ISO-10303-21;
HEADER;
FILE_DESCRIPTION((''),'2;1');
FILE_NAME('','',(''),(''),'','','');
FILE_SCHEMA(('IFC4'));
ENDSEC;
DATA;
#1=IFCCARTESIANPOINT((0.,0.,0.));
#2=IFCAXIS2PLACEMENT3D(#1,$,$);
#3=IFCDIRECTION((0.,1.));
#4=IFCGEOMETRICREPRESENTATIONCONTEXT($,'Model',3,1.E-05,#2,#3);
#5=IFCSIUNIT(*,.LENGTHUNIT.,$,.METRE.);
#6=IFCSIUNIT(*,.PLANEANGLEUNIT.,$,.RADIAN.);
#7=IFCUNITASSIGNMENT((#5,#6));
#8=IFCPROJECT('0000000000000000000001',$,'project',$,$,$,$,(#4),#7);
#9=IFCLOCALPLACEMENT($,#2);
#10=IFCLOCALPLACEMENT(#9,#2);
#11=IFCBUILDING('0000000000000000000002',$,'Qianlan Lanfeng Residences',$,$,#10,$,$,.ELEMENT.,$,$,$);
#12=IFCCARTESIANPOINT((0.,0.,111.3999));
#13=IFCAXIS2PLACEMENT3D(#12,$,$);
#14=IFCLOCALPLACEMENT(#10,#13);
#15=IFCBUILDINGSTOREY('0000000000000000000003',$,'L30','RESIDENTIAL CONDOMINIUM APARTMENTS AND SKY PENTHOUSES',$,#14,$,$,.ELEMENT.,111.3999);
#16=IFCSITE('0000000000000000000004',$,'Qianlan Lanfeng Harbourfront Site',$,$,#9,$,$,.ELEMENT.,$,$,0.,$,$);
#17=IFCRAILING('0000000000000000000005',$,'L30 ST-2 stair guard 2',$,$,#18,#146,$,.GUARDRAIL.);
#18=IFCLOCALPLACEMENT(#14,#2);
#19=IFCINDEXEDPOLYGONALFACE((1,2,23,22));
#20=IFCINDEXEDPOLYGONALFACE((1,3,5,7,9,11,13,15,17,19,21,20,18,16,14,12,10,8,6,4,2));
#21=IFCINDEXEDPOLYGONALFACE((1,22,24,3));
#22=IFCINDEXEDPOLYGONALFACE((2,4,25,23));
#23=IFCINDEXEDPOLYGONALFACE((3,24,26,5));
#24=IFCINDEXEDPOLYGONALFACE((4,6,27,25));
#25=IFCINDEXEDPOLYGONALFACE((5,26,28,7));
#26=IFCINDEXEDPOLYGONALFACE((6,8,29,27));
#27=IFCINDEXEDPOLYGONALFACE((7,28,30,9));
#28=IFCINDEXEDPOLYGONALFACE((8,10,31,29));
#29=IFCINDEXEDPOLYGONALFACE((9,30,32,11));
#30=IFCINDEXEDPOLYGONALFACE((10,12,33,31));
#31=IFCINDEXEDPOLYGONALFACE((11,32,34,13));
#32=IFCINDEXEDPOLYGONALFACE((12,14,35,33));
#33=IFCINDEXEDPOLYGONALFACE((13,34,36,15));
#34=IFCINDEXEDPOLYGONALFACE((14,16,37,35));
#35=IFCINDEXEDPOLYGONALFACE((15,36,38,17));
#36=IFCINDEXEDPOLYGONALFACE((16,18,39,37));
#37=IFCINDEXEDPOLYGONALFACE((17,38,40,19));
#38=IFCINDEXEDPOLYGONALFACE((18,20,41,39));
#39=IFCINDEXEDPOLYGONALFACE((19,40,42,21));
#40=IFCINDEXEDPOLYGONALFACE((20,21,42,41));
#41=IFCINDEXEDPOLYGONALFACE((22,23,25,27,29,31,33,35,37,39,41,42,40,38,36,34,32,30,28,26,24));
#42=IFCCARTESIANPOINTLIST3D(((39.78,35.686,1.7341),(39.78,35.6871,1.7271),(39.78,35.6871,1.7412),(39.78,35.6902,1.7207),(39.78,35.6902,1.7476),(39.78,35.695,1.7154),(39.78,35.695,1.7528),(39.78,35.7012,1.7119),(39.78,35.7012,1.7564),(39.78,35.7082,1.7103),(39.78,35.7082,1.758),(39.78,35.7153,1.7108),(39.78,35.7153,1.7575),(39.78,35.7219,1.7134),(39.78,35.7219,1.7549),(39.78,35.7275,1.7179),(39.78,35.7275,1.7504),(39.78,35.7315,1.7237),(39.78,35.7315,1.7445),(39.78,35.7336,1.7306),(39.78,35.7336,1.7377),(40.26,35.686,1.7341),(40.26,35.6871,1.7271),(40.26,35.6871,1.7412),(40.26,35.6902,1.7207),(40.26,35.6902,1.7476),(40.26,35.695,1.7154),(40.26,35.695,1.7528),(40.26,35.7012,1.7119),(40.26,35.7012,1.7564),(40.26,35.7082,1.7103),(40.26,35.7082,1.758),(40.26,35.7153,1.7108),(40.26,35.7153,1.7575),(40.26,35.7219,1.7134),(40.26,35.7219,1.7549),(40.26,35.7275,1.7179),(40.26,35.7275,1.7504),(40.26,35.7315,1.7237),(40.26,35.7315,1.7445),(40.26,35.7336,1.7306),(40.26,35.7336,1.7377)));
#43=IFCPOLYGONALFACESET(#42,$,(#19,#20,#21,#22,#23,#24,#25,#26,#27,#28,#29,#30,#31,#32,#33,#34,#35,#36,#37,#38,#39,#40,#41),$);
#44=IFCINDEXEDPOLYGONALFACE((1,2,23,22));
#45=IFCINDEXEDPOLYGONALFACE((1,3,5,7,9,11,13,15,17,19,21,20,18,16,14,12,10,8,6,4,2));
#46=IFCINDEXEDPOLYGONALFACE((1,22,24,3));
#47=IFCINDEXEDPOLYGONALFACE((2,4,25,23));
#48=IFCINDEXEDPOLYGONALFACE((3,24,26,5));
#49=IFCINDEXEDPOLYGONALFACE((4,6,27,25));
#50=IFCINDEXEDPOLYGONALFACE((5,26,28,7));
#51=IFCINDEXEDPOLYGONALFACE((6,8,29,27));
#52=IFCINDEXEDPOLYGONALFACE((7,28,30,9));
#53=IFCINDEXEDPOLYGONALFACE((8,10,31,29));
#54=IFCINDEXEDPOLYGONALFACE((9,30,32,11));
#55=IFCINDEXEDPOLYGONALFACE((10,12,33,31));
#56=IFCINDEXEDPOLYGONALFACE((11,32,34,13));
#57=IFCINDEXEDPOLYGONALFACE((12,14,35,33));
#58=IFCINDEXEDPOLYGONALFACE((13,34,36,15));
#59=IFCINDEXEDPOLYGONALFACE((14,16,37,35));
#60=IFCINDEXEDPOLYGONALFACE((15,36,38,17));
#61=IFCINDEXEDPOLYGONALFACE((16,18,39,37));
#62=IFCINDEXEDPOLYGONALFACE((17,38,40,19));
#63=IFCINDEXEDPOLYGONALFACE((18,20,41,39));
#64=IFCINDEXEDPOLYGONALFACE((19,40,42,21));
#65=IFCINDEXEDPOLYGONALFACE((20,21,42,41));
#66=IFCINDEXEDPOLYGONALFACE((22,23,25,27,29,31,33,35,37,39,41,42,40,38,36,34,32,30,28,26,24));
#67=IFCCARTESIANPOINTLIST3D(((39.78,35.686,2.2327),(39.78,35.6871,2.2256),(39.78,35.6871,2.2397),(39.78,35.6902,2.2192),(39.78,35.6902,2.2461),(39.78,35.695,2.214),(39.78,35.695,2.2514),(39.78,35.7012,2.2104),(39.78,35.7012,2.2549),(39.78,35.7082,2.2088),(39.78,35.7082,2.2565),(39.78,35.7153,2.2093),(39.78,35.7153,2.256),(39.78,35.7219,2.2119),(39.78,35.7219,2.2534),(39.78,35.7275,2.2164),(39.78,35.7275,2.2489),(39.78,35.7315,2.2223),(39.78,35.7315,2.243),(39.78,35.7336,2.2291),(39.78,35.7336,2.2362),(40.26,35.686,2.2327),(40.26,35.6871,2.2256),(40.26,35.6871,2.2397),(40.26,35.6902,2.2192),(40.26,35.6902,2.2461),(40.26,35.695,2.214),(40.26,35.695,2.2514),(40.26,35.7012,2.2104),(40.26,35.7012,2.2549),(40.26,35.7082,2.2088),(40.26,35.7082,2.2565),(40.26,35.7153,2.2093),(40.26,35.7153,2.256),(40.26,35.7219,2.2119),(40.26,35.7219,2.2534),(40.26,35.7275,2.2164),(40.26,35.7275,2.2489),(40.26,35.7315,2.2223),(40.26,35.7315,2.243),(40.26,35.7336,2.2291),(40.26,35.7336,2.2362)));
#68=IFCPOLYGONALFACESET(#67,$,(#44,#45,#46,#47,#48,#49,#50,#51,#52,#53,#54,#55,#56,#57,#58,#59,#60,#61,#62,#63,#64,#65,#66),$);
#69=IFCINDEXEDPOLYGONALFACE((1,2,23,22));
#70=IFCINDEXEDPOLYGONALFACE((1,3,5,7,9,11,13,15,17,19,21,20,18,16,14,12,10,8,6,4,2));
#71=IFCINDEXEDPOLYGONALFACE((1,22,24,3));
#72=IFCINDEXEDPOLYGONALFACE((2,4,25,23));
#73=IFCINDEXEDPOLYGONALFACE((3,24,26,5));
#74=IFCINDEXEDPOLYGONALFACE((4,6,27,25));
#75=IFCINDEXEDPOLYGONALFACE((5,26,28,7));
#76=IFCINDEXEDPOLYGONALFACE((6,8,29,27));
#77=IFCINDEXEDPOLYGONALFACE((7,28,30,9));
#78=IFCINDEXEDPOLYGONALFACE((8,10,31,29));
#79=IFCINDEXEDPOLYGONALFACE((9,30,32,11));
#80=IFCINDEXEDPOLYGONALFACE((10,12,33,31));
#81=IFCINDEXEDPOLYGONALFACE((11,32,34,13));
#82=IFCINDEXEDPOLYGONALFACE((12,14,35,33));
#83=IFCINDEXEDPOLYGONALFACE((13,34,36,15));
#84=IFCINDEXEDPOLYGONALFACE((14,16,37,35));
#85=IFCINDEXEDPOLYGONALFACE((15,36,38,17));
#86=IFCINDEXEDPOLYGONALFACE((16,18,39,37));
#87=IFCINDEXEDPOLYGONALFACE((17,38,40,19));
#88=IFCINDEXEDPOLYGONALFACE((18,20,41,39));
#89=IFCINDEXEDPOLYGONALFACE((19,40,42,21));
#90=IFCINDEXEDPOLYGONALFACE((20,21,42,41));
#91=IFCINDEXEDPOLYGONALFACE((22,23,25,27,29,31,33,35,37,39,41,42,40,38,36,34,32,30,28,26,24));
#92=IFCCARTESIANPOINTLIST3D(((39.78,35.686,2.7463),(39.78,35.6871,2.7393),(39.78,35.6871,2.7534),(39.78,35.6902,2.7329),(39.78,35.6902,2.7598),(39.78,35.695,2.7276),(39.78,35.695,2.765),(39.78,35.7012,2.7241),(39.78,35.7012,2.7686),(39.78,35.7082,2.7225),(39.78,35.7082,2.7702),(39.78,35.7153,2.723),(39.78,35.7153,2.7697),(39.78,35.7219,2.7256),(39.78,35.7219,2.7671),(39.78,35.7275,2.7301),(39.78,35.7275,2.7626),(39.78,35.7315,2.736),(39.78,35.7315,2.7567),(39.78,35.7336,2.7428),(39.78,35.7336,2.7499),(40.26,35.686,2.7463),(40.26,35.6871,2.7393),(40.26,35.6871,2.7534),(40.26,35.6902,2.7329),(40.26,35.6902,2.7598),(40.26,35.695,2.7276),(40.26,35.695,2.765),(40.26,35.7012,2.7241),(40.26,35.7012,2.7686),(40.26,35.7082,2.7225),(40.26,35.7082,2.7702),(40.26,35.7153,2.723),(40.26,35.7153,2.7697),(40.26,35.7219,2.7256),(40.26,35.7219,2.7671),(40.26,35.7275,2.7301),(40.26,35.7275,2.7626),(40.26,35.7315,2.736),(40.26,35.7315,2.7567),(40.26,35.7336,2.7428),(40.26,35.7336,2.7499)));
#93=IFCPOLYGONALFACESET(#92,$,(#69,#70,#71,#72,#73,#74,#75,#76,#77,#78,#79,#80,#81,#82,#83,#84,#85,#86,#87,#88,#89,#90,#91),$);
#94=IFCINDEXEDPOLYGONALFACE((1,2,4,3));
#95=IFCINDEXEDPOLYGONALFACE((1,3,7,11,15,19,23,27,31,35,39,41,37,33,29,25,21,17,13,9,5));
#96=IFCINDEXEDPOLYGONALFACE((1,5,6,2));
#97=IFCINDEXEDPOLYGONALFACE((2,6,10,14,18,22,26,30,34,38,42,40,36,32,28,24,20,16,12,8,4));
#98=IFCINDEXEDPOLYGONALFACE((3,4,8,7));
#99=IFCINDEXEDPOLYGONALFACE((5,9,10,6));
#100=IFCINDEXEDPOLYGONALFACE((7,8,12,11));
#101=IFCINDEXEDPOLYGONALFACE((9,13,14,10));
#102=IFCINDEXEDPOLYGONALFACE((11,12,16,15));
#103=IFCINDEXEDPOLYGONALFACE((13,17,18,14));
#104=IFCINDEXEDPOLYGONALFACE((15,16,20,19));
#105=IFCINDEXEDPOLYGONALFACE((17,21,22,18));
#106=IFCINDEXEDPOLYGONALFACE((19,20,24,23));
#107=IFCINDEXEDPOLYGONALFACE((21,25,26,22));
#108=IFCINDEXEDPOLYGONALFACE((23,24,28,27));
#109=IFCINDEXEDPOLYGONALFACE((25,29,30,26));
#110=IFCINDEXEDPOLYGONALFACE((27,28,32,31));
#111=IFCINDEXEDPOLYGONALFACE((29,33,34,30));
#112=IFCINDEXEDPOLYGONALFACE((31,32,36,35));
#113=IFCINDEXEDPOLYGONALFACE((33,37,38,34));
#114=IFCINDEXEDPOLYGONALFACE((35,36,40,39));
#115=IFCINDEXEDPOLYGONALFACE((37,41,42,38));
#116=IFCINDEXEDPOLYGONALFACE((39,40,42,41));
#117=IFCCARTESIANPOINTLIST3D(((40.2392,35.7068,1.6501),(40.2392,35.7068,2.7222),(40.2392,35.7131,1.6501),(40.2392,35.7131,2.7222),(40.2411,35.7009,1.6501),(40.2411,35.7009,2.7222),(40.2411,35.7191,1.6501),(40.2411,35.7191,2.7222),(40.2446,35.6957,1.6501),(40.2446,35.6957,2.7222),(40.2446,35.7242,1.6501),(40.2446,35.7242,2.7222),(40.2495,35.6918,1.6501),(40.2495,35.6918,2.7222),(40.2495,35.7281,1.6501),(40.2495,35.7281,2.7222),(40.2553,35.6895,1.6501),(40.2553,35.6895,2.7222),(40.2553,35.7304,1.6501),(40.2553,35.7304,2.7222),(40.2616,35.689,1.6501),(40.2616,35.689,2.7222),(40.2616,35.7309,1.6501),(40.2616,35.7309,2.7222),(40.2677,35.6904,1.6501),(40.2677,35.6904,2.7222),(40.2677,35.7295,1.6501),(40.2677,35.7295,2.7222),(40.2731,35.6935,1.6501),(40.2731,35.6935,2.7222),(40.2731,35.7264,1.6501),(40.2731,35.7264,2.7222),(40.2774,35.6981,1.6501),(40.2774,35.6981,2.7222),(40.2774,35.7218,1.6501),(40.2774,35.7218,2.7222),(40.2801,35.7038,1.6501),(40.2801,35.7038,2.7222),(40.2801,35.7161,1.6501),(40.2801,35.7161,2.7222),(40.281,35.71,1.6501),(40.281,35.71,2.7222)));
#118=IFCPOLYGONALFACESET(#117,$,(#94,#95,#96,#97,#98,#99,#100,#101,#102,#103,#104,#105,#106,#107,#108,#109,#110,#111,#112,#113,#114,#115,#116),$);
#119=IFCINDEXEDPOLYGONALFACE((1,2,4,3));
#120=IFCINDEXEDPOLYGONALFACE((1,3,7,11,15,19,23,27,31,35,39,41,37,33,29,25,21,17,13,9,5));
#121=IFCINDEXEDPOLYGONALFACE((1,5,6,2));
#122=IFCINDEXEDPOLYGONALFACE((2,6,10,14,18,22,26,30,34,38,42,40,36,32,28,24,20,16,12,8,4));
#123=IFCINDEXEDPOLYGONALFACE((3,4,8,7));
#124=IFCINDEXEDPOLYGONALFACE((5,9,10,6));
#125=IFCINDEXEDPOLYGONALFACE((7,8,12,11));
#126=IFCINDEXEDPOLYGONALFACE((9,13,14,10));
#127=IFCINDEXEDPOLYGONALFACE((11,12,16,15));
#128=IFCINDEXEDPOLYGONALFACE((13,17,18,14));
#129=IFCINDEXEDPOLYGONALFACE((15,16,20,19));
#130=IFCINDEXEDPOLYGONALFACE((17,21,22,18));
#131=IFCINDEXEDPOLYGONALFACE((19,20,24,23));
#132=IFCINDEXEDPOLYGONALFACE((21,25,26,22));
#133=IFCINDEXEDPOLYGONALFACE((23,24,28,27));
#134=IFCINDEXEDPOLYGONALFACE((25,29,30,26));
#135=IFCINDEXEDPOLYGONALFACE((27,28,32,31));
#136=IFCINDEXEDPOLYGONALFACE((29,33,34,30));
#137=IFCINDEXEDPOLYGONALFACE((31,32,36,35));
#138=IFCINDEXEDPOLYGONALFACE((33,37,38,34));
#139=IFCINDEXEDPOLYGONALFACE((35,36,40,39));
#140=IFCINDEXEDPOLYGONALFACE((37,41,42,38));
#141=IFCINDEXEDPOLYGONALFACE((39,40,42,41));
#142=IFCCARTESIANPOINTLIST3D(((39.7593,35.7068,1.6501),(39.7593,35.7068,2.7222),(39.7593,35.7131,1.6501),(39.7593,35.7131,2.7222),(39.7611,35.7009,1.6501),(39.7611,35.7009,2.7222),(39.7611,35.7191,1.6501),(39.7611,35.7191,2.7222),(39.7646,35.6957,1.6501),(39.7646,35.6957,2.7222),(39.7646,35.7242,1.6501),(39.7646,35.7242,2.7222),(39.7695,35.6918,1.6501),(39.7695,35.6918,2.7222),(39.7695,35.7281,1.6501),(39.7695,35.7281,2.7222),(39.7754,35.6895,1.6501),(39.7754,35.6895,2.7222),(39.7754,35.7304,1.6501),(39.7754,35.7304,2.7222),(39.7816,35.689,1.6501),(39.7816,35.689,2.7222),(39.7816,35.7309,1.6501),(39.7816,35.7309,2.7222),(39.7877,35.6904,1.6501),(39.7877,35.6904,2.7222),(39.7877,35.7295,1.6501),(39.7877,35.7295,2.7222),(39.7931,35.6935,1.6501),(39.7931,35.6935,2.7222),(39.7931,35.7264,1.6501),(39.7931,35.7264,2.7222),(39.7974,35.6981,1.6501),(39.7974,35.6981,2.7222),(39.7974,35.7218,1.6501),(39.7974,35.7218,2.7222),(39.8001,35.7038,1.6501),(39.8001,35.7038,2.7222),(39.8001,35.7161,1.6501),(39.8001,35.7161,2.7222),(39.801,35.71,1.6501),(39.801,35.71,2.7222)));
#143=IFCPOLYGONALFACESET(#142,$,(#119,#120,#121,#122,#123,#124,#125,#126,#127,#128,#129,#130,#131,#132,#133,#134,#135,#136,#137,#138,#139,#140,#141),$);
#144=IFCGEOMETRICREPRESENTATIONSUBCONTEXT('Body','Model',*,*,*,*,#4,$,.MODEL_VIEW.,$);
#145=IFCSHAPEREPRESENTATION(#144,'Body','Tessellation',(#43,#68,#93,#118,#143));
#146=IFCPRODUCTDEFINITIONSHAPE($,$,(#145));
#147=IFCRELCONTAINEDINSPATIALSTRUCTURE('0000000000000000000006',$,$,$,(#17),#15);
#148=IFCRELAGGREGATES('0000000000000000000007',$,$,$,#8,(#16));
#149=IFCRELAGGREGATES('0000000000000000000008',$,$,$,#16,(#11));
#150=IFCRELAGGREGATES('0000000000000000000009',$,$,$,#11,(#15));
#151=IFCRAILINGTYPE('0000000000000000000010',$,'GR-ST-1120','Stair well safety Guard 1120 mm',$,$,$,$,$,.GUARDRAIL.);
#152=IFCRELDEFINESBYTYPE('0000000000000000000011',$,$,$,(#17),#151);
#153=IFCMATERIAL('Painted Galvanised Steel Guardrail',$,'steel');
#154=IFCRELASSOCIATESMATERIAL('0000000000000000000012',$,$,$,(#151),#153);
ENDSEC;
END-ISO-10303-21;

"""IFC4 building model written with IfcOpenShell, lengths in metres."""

from ifc_helpers import new_model, si_unit, direction, frame, origin, origin_2d, place, context, subcontext, project, spatial, circle, extrude, material, type_object, element, save


model = new_model("IFC4")

# Units and contexts
model_context = context("Model", 3, precision=1e-05, world=origin(), true_north=direction((0.0, 1.0)))
body_context = subcontext(model_context, "Body", "Model", "MODEL_VIEW")
ifc_project = project(units=[si_unit("LENGTHUNIT", "METRE"), si_unit("PLANEANGLEUNIT", "RADIAN")], contexts=[model_context])

# Site, building, storey
site_placement = place(None, origin())
site = spatial("IfcSite", under=ifc_project, at=site_placement, Name="Qianlan Lanfeng Harbourfront Site", CompositionType="ELEMENT", RefElevation=0.0)
building_placement = place(site_placement, origin())
building = spatial("IfcBuilding", under=site, at=building_placement, Name="Qianlan Lanfeng Residences", CompositionType="ELEMENT")
storey_placement = place(building_placement, frame((0.0, 0.0, 111.3999)))
storey = spatial("IfcBuildingStorey", under=building, at=storey_placement, Name="L30", Description="RESIDENTIAL CONDOMINIUM APARTMENTS AND SKY PENTHOUSES", CompositionType="ELEMENT", Elevation=111.3999)

# Railing
ifc_material_1 = material(Name="Painted Galvanised Steel Guardrail", Category="steel")
railing_type_1 = type_object("IfcRailingType", Name="GR-ST-1120", Description="Stair well safety Guard 1120 mm", PredefinedType="GUARDRAIL", material=ifc_material_1)
railing_1_placement = place(storey_placement, frame((40.26, 35.71, 1.6501)))
element("IfcRailing", 1, at=railing_1_placement, inside=storey, type_object=railing_type_1, Name="L30 ST-2 stair guard 2", PredefinedType="GUARDRAIL", context=body_context, shape_type="SweptSolid", body=[
    extrude(circle(Radius=0.0239, at=origin_2d()), frame((0.0, 0.0, 0.084), z_axis=(-1.0, 0.0, 0.0), x_axis=(0.0, -1.0, 0.0)), (0.0, 0.0, 1.0), 0.48),
    extrude(circle(Radius=0.0239, at=origin_2d()), frame((0.0, 0.0, 0.5825), z_axis=(-1.0, 0.0, 0.0), x_axis=(0.0, -1.0, 0.0)), (0.0, 0.0, 1.0), 0.48),
    extrude(circle(Radius=0.0239, at=origin_2d()), frame((0.0, 0.0, 1.0962), z_axis=(-1.0, 0.0, 0.0), x_axis=(0.0, -1.0, 0.0)), (0.0, 0.0, 1.0), 0.48),
    extrude(circle(Radius=0.021, at=origin_2d()), origin(), (0.0, 0.0, 1.0), 1.072),
    extrude(circle(Radius=0.021, at=origin_2d()), frame((-0.48, 0.0, 0.0)), (0.0, 0.0, 1.0), 1.072),
])

save(model, "model.ifc")
